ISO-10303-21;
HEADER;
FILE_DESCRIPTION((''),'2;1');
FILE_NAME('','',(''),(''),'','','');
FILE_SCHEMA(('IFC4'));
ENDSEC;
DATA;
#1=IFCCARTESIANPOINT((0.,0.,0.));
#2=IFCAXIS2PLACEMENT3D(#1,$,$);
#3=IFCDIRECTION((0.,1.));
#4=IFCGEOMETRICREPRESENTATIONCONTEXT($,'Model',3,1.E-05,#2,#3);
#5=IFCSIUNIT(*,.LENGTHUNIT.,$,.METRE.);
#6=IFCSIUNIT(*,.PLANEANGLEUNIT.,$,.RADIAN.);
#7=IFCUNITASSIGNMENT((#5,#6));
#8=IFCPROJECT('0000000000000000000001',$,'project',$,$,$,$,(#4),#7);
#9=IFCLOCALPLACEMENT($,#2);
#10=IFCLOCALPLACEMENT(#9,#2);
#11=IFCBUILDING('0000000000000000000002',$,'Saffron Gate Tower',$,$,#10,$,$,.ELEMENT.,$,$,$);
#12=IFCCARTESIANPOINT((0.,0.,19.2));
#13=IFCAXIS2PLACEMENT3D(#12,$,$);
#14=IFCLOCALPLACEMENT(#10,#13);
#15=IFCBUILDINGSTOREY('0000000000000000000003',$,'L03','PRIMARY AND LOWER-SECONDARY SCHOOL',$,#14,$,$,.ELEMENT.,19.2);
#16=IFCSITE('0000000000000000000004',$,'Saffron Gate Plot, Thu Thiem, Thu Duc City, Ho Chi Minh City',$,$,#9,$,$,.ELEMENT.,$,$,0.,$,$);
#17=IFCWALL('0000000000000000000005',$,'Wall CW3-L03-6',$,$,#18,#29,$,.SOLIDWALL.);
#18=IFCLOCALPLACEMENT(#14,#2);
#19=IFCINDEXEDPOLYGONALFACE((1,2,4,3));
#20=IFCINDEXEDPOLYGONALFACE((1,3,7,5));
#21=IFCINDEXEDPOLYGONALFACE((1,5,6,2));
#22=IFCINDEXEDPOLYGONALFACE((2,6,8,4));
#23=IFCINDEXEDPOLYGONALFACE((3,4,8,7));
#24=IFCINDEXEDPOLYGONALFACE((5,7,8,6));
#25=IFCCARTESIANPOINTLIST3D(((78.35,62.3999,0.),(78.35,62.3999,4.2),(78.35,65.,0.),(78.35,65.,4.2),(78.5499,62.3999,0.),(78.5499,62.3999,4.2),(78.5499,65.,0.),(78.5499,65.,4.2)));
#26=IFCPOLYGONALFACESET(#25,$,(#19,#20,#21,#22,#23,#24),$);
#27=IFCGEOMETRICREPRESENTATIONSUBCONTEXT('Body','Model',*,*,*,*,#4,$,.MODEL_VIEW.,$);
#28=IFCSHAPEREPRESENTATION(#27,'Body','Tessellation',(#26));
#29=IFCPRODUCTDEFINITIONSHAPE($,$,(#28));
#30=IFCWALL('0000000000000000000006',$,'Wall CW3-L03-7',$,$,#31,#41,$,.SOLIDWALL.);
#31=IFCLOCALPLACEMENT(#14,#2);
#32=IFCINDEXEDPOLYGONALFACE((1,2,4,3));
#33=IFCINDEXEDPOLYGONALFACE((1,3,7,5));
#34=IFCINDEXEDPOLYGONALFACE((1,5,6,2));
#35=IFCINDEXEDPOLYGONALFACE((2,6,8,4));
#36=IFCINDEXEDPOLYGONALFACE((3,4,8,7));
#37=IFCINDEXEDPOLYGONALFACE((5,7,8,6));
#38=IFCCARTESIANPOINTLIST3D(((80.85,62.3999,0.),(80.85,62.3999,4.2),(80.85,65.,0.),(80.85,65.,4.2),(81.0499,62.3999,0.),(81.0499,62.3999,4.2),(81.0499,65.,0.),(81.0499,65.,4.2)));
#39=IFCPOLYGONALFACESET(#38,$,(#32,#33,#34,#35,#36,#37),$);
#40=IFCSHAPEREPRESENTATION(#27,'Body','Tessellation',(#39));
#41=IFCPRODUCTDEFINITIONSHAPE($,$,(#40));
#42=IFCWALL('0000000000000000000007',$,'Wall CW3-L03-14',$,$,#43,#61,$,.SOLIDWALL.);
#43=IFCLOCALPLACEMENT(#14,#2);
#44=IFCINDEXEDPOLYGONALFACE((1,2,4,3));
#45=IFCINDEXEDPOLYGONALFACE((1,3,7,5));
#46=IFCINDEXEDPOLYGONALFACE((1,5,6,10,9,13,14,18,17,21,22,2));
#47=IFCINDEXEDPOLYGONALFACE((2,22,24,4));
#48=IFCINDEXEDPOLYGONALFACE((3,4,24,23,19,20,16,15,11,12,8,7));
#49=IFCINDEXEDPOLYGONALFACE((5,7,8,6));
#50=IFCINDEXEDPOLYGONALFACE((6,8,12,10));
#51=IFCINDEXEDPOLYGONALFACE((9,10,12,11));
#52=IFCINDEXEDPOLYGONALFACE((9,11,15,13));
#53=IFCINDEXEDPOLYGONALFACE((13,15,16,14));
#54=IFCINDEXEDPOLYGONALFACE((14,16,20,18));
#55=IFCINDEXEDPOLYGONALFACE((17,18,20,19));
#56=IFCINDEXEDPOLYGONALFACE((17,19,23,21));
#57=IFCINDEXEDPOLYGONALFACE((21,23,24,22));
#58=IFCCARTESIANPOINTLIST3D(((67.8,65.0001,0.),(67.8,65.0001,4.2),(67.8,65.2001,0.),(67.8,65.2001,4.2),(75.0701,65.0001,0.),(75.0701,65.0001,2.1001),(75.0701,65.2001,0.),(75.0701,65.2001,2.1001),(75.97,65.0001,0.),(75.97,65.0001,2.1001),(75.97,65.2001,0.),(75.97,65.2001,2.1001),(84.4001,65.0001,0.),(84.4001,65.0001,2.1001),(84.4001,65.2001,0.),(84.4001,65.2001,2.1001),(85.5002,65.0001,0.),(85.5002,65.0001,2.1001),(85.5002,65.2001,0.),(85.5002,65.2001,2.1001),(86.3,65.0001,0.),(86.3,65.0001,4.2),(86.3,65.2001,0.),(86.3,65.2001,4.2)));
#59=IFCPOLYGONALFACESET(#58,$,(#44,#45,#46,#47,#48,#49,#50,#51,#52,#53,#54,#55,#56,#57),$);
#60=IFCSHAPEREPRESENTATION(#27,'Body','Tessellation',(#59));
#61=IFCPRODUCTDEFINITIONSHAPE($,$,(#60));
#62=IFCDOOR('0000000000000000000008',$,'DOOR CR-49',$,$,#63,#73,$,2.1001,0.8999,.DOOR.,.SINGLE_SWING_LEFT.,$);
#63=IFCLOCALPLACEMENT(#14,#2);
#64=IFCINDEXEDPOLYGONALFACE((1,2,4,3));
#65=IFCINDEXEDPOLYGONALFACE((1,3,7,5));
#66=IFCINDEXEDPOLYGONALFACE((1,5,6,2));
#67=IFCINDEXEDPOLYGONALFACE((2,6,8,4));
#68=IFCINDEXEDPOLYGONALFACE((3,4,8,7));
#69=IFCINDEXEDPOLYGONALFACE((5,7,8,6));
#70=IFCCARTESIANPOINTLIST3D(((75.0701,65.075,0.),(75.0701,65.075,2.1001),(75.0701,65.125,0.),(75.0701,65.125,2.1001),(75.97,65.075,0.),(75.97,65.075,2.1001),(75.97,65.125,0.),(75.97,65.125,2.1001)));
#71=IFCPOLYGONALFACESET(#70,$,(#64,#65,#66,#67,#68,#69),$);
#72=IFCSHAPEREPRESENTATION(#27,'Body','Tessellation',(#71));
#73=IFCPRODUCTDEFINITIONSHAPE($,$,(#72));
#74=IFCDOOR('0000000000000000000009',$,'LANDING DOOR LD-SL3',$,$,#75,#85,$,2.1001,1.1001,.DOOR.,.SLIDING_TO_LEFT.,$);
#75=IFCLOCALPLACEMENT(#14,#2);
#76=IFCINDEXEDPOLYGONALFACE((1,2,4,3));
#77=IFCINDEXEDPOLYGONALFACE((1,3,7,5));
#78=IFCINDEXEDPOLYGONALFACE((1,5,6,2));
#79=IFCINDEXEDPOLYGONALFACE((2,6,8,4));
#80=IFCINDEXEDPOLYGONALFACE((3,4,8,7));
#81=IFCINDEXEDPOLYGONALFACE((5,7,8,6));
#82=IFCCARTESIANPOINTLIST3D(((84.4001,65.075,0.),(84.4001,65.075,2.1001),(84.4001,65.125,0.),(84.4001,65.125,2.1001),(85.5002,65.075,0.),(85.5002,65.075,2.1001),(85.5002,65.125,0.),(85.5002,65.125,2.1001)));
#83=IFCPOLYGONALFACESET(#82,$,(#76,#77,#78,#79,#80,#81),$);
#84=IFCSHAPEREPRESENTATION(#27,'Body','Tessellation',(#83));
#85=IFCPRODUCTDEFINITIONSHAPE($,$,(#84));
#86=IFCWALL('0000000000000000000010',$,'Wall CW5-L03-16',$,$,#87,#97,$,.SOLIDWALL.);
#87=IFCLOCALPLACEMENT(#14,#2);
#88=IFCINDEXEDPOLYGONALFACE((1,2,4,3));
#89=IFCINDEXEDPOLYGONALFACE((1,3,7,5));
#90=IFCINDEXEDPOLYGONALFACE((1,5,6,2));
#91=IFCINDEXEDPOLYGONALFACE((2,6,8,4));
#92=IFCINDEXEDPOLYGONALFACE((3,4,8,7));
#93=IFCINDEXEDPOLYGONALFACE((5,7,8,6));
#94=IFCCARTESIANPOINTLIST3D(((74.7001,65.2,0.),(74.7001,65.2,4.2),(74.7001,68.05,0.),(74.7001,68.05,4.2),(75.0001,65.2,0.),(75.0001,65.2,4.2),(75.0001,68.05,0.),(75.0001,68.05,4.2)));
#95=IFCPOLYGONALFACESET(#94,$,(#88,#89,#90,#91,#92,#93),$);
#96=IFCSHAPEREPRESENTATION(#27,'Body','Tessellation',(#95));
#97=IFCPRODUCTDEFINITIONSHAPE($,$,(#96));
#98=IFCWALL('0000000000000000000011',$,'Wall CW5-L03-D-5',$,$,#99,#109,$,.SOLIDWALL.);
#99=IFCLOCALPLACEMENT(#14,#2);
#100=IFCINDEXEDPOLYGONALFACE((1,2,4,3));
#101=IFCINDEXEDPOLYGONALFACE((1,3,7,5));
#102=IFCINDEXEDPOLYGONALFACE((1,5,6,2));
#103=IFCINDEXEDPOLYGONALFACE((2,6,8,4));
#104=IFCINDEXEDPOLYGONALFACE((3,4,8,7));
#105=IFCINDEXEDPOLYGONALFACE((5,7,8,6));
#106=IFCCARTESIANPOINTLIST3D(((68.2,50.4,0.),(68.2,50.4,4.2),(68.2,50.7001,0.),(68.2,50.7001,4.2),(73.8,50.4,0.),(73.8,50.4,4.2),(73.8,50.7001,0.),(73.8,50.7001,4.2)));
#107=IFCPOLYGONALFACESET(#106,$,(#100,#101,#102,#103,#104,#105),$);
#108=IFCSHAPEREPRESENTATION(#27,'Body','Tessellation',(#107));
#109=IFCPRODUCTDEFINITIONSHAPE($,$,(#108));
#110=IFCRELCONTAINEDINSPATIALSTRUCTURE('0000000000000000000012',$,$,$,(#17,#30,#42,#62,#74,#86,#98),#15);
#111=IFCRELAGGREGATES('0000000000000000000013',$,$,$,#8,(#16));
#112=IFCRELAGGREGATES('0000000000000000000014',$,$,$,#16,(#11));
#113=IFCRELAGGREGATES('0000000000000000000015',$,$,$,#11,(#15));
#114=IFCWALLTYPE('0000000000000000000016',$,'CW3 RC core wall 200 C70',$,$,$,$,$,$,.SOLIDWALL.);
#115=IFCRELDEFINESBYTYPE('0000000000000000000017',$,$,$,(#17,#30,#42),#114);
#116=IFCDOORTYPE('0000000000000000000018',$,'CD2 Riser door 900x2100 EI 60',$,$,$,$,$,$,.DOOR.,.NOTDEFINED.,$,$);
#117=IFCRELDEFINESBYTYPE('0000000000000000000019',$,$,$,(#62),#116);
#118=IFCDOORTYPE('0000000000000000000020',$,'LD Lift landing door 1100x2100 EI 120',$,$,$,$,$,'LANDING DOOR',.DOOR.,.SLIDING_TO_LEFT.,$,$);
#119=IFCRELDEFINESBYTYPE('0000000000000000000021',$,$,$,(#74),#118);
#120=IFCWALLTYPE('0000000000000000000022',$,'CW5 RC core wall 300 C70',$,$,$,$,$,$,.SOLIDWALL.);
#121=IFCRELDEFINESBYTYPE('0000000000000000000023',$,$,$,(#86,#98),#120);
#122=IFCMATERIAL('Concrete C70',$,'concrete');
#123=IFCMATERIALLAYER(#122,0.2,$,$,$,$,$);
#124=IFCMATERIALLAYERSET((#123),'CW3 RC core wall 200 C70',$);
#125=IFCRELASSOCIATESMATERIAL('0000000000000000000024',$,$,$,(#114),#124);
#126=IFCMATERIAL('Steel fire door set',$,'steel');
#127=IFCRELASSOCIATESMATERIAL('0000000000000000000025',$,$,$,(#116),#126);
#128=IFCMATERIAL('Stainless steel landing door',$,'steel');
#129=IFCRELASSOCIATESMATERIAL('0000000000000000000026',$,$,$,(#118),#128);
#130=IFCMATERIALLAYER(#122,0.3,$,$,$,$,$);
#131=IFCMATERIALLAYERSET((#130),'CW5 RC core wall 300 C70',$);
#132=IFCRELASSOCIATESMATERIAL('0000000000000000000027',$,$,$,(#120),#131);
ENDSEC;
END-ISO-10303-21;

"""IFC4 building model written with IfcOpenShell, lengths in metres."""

from ifc_helpers import new_model, si_unit, direction, frame, frame_2d, origin, place, context, subcontext, project, spatial, rectangle, extrude, material, layer, layer_set, type_object, element, fill, save


model = new_model("IFC4")

# Units and contexts
model_context = context("Model", 3, precision=1e-05, world=origin(), true_north=direction((0.0, 1.0)))
body_context = subcontext(model_context, "Body", "Model", "MODEL_VIEW")
ifc_project = project(units=[si_unit("LENGTHUNIT", "METRE"), si_unit("PLANEANGLEUNIT", "RADIAN")], contexts=[model_context])

# Site, building, storey
site_placement = place(None, origin())
site = spatial("IfcSite", under=ifc_project, at=site_placement, Name="Saffron Gate Plot, Thu Thiem, Thu Duc City, Ho Chi Minh City", CompositionType="ELEMENT", RefElevation=0.0)
building_placement = place(site_placement, origin())
building = spatial("IfcBuilding", under=site, at=building_placement, Name="Saffron Gate Tower", CompositionType="ELEMENT")
storey_placement = place(building_placement, frame((0.0, 0.0, 19.2)))
storey = spatial("IfcBuildingStorey", under=building, at=storey_placement, Name="L03", Description="PRIMARY AND LOWER-SECONDARY SCHOOL", CompositionType="ELEMENT", Elevation=19.2)

# Shared definitions
ifc_material_1 = material(Name="Concrete C70", Category="concrete")
ifc_material_2 = material(Name="Steel fire door set", Category="steel")

# Walls
ifc_layer_1 = layer(ifc_material_1, 0.2)
ifc_layer_set_1 = layer_set([ifc_layer_1], Name="CW3 RC core wall 200 C70")
wall_type_1 = type_object("IfcWallType", Name="CW3 RC core wall 200 C70", PredefinedType="SOLIDWALL", material=ifc_layer_set_1)
for number, where, z_axis, x_axis, name in (
    (1, (78.45, 62.3999, 0.0), (0.0, 0.0, 1.0), (0.0, 1.0, 0.0), "Wall CW3-L03-6"),
    (2, (80.95, 62.3999, 0.0), (0.0, 0.0, 1.0), (0.0, 1.0, 0.0), "Wall CW3-L03-7"),
):
    element("IfcWall", number, at=place(storey_placement, frame(where, z_axis=z_axis, x_axis=x_axis)), inside=storey, type_object=wall_type_1, Name=name, PredefinedType="SOLIDWALL", context=body_context, shape_type="SweptSolid", body=[
        extrude(rectangle(XDim=2.6001, YDim=0.2, at=frame_2d((1.3, 0.0))), origin(), (0.0, 0.0, 1.0), 4.2),
    ])

# Wall, openings, doors
wall_1_placement = place(storey_placement, frame((67.8, 65.1001, 0.0), z_axis=(0.0, 0.0, 1.0), x_axis=(1.0, 0.0, 0.0)))
wall_1 = element("IfcWall", 3, at=wall_1_placement, inside=storey, type_object=wall_type_1, Name="Wall CW3-L03-14", PredefinedType="SOLIDWALL", context=body_context, shape_type="SweptSolid", body=[
    extrude(rectangle(XDim=18.5, YDim=0.2, at=frame_2d((9.25, 0.0))), origin(), (0.0, 0.0, 1.0), 4.2),
])
opening_1_placement = place(wall_1_placement, frame((7.27, 0.0, 0.0)))
opening_1 = element("IfcOpeningElement", 4, at=opening_1_placement, cuts=wall_1, PredefinedType="OPENING", context=body_context, shape_type="SweptSolid", body=[
    extrude(rectangle(XDim=0.8999, YDim=2.1001, at=frame_2d((0.45, 1.05))), frame((0.0, 0.1099, 0.0), z_axis=(0.0, -1.0, 0.0), x_axis=(1.0, 0.0, 0.0)), (0.0, 0.0, 1.0), 0.22),
])
opening_2_placement = place(wall_1_placement, frame((16.6001, 0.0, 0.0)))
opening_2 = element("IfcOpeningElement", 5, at=opening_2_placement, cuts=wall_1, PredefinedType="OPENING", context=body_context, shape_type="SweptSolid", body=[
    extrude(rectangle(XDim=1.1001, YDim=2.1001, at=frame_2d((0.55, 1.05))), frame((0.0, 0.1099, 0.0), z_axis=(0.0, -1.0, 0.0), x_axis=(1.0, 0.0, 0.0)), (0.0, 0.0, 1.0), 0.22),
])
door_type_1 = type_object("IfcDoorType", Name="CD2 Riser door 900x2100 EI 60", OperationType="NOTDEFINED", PredefinedType="DOOR", material=ifc_material_2)
door_1_placement = place(opening_1_placement, origin())
door_1 = element("IfcDoor", 6, at=door_1_placement, inside=storey, type_object=door_type_1, Name="DOOR CR-49", OperationType="SINGLE_SWING_LEFT", OverallHeight=2.1001, OverallWidth=0.8999, PredefinedType="DOOR", context=body_context, shape_type="SweptSolid", body=[
    extrude(rectangle(XDim=0.8999, YDim=2.1001, at=frame_2d((0.45, 1.05))), frame((0.0, 0.0249, 0.0), z_axis=(0.0, -1.0, 0.0), x_axis=(1.0, 0.0, 0.0)), (0.0, 0.0, 1.0), 0.05),
])
fill(opening_1, door_1)
ifc_material_3 = material(Name="Stainless steel landing door", Category="steel")
door_type_2 = type_object("IfcDoorType", Name="LD Lift landing door 1100x2100 EI 120", ElementType="LANDING DOOR", OperationType="SLIDING_TO_LEFT", PredefinedType="DOOR", material=ifc_material_3)
door_2_placement = place(opening_2_placement, origin())
door_2 = element("IfcDoor", 7, at=door_2_placement, inside=storey, type_object=door_type_2, Name="LANDING DOOR LD-SL3", OperationType="SLIDING_TO_LEFT", OverallHeight=2.1001, OverallWidth=1.1001, PredefinedType="DOOR", context=body_context, shape_type="SweptSolid", body=[
    extrude(rectangle(XDim=1.1001, YDim=2.1001, at=frame_2d((0.55, 1.05))), frame((0.0, 0.0249, 0.0), z_axis=(0.0, -1.0, 0.0), x_axis=(1.0, 0.0, 0.0)), (0.0, 0.0, 1.0), 0.05),
])
fill(opening_2, door_2)

# Walls
ifc_layer_2 = layer(ifc_material_1, 0.3)
ifc_layer_set_2 = layer_set([ifc_layer_2], Name="CW5 RC core wall 300 C70")
wall_type_2 = type_object("IfcWallType", Name="CW5 RC core wall 300 C70", PredefinedType="SOLIDWALL", material=ifc_layer_set_2)
wall_2_placement = place(storey_placement, frame((74.8501, 65.2, 0.0), z_axis=(0.0, 0.0, 1.0), x_axis=(0.0, 1.0, 0.0)))
element("IfcWall", 8, at=wall_2_placement, inside=storey, type_object=wall_type_2, Name="Wall CW5-L03-16", PredefinedType="SOLIDWALL", context=body_context, shape_type="SweptSolid", body=[
    extrude(rectangle(XDim=2.8501, YDim=0.3, at=frame_2d((1.425, 0.0))), origin(), (0.0, 0.0, 1.0), 4.2),
])
wall_3_placement = place(storey_placement, frame((68.2, 50.55, 0.0), z_axis=(0.0, 0.0, 1.0), x_axis=(1.0, 0.0, 0.0)))
element("IfcWall", 9, at=wall_3_placement, inside=storey, type_object=wall_type_2, Name="Wall CW5-L03-D-5", PredefinedType="SOLIDWALL", context=body_context, shape_type="SweptSolid", body=[
    extrude(rectangle(XDim=5.6001, YDim=0.3, at=frame_2d((2.8, 0.0))), origin(), (0.0, 0.0, 1.0), 4.2),
])

save(model, "model.ifc")
